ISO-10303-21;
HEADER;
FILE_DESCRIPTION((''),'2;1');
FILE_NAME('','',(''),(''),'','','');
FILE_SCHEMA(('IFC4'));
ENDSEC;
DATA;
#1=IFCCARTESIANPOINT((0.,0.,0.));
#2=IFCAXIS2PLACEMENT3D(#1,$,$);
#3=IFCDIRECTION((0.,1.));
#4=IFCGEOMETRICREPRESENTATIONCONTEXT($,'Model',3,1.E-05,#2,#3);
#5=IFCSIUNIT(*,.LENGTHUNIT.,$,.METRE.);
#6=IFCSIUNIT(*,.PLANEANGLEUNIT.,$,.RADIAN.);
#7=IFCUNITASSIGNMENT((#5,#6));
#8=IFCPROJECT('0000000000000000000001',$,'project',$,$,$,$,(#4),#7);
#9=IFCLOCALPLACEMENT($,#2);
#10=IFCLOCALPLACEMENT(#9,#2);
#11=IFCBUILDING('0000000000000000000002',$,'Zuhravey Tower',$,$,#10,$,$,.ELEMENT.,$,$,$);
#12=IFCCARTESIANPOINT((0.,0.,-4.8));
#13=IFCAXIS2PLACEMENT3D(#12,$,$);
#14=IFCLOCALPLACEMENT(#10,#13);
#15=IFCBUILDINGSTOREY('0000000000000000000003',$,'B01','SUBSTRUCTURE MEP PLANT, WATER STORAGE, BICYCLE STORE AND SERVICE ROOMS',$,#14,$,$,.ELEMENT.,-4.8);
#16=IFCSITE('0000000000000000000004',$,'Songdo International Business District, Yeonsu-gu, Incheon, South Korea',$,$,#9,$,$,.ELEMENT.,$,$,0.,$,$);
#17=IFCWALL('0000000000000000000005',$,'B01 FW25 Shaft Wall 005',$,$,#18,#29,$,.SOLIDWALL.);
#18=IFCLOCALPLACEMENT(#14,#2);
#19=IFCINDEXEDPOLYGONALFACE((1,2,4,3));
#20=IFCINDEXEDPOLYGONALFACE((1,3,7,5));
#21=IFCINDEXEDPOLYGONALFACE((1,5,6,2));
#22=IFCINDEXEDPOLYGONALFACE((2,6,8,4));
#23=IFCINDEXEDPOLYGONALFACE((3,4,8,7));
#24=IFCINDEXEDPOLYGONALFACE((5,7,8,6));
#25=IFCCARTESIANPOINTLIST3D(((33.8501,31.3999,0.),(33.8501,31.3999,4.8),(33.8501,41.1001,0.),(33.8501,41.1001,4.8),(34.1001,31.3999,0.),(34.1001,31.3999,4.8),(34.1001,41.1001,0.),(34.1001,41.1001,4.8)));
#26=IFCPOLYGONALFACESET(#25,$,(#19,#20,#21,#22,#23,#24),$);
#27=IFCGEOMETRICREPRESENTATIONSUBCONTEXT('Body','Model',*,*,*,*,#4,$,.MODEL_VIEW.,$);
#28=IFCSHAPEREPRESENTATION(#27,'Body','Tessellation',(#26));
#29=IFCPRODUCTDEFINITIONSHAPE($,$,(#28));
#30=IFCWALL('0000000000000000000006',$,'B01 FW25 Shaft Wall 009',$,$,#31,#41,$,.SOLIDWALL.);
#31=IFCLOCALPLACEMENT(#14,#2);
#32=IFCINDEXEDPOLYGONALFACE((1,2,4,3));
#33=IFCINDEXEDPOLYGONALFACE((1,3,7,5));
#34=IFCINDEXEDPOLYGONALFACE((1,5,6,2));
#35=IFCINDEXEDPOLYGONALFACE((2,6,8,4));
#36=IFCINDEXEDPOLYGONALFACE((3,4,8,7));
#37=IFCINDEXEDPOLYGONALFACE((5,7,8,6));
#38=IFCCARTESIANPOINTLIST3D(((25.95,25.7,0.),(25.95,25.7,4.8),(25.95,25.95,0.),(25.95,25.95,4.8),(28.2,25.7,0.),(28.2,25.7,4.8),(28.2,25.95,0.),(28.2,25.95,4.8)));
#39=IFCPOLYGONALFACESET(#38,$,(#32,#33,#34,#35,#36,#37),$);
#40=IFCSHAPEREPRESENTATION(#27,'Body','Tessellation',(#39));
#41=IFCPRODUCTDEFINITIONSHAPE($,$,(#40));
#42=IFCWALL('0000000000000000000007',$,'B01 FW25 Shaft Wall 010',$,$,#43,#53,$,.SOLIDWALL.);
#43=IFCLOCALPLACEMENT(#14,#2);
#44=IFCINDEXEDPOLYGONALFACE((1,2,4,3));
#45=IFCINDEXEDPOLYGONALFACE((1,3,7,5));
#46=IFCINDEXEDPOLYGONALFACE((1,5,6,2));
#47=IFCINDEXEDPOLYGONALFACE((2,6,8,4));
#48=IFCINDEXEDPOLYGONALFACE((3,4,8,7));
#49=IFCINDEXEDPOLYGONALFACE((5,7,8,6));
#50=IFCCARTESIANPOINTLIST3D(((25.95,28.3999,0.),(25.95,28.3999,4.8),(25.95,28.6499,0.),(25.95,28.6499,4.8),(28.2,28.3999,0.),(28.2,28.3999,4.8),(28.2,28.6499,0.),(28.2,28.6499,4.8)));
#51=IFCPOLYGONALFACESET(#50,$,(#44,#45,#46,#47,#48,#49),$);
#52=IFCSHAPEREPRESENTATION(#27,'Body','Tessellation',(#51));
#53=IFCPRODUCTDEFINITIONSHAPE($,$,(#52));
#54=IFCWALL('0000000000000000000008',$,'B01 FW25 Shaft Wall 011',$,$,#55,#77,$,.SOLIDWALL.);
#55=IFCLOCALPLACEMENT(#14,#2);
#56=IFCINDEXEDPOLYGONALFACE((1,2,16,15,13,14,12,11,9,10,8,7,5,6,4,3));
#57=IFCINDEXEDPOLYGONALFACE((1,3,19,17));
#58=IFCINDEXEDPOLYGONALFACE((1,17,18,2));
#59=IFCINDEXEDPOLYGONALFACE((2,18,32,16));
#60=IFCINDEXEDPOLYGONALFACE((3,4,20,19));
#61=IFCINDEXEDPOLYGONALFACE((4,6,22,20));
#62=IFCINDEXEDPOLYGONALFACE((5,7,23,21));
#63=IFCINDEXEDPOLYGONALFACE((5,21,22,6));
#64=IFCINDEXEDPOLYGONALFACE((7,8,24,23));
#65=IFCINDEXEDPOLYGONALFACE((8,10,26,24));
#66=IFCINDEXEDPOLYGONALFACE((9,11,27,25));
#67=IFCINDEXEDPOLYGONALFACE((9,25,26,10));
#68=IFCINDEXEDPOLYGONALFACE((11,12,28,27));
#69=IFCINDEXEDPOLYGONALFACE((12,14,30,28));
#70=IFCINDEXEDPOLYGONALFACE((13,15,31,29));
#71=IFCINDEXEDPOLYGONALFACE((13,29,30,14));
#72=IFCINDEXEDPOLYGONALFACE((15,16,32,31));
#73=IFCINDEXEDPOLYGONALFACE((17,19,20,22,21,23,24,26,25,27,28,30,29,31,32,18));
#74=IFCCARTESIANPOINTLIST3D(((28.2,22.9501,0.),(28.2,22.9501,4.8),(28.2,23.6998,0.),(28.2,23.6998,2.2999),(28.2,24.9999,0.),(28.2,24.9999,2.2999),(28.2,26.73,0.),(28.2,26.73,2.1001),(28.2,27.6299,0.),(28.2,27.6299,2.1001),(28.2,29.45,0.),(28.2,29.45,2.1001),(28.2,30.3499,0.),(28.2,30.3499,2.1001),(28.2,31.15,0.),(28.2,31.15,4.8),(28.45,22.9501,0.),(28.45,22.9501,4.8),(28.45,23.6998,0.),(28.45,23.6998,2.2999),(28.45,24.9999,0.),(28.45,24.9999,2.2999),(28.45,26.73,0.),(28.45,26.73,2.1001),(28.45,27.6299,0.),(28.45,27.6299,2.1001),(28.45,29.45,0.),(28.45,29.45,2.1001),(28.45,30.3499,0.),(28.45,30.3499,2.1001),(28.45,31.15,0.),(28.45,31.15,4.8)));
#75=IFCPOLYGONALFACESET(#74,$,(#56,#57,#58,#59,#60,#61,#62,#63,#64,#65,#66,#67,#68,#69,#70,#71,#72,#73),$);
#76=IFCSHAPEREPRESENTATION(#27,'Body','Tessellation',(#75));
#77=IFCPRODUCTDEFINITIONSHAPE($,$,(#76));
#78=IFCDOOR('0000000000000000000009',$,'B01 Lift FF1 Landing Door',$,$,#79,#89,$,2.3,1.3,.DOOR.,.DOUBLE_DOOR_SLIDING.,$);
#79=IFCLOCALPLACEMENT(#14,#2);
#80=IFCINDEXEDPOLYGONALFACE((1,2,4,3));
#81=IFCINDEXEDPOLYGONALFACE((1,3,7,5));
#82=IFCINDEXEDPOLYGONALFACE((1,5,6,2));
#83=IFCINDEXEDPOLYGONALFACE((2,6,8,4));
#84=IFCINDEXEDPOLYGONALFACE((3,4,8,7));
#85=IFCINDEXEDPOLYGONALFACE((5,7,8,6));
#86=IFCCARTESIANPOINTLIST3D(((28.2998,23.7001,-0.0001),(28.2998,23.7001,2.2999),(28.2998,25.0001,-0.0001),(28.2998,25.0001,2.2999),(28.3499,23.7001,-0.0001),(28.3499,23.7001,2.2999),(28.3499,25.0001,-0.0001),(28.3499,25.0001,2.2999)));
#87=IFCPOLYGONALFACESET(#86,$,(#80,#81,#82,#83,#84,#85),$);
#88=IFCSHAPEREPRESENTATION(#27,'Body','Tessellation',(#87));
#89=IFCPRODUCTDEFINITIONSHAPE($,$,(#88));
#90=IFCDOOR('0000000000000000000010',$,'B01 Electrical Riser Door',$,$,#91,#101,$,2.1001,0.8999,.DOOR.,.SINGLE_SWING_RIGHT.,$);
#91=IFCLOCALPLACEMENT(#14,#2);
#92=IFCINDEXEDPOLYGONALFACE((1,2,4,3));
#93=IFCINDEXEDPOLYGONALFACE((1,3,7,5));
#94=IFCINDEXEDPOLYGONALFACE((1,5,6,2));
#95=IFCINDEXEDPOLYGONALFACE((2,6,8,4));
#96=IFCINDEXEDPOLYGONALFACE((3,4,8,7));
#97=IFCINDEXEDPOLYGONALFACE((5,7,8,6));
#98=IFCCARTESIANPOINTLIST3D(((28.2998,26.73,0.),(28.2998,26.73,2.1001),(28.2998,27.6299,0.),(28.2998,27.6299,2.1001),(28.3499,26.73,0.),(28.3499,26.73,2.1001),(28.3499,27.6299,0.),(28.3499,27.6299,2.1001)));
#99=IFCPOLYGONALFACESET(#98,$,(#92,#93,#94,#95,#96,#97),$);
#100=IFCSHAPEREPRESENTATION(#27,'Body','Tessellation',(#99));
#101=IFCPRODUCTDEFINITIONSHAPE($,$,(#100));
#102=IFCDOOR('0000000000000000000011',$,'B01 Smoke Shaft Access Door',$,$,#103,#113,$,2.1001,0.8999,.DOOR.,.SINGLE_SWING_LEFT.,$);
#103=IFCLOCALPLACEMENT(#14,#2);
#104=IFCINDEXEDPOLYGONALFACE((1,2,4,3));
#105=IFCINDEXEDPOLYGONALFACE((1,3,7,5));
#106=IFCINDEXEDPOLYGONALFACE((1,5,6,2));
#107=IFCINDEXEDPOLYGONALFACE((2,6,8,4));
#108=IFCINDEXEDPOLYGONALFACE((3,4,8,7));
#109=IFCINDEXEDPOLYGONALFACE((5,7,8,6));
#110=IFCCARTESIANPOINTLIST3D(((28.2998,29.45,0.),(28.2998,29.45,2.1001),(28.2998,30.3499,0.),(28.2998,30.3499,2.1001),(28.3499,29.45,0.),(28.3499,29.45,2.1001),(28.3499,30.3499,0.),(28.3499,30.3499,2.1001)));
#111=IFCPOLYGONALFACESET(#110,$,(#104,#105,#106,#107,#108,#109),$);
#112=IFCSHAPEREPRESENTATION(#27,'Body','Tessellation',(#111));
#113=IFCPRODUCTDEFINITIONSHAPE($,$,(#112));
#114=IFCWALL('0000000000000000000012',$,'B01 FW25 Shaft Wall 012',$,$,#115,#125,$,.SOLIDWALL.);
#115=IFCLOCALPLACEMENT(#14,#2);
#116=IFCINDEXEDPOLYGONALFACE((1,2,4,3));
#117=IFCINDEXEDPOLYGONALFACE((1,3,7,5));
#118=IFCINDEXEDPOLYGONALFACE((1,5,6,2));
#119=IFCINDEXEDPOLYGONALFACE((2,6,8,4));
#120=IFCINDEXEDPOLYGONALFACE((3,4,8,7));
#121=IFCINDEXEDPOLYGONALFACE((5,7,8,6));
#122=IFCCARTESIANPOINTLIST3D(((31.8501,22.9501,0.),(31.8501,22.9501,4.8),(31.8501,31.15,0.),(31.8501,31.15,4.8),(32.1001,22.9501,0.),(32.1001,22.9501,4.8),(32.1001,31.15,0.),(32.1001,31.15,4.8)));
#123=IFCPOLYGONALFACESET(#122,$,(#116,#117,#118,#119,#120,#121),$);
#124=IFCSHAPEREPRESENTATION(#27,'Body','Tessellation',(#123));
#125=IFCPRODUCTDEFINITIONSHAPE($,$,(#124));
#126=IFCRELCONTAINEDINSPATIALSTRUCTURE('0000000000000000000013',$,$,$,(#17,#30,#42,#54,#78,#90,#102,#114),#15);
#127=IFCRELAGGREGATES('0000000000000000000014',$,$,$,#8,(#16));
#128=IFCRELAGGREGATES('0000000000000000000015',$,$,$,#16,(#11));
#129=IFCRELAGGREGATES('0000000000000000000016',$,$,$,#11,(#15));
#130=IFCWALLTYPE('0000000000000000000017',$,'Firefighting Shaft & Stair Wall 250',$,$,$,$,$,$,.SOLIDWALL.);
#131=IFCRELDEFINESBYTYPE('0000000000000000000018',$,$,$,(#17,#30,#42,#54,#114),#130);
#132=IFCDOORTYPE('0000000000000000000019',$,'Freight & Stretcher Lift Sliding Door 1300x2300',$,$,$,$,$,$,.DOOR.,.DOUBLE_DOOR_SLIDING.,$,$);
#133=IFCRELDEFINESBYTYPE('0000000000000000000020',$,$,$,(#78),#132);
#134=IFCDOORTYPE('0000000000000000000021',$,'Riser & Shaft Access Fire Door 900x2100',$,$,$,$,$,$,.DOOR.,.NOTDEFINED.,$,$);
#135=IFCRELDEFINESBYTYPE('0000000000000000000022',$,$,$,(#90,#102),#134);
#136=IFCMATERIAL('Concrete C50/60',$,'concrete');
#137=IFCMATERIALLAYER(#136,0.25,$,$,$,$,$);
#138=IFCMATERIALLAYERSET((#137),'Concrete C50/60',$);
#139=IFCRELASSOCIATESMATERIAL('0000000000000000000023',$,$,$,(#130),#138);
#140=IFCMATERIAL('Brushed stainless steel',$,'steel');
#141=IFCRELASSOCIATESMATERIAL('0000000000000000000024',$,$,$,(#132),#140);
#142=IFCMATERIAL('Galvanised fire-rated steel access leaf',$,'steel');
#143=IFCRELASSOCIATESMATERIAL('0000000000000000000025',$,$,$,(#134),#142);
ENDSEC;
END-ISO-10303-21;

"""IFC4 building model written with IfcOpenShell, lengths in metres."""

from ifc_helpers import new_model, si_unit, direction, frame, frame_2d, origin, place, context, subcontext, project, spatial, rectangle, extrude, material, layer, layer_set, type_object, element, fill, save


model = new_model("IFC4")

# Units and contexts
model_context = context("Model", 3, precision=1e-05, world=origin(), true_north=direction((0.0, 1.0)))
body_context = subcontext(model_context, "Body", "Model", "MODEL_VIEW")
ifc_project = project(units=[si_unit("LENGTHUNIT", "METRE"), si_unit("PLANEANGLEUNIT", "RADIAN")], contexts=[model_context])

# Site, building, storey
site_placement = place(None, origin())
site = spatial("IfcSite", under=ifc_project, at=site_placement, Name="Songdo International Business District, Yeonsu-gu, Incheon, South Korea", CompositionType="ELEMENT", RefElevation=0.0)
building_placement = place(site_placement, origin())
building = spatial("IfcBuilding", under=site, at=building_placement, Name="Zuhravey Tower", CompositionType="ELEMENT")
storey_placement = place(building_placement, frame((0.0, 0.0, -4.8)))
storey = spatial("IfcBuildingStorey", under=building, at=storey_placement, Name="B01", Description="SUBSTRUCTURE MEP PLANT, WATER STORAGE, BICYCLE STORE AND SERVICE ROOMS", CompositionType="ELEMENT", Elevation=-4.8)

# Shared definitions
ifc_material_1 = material(Name="Concrete C50/60", Category="concrete")

# Shared definitions
ifc_layer_1 = layer(ifc_material_1, 0.25)
ifc_layer_set_1 = layer_set([ifc_layer_1], Name="Concrete C50/60")
wall_type_1 = type_object("IfcWallType", Name="Firefighting Shaft & Stair Wall 250", PredefinedType="SOLIDWALL", material=ifc_layer_set_1)

# Walls
for number, where, z_axis, x_axis, name in (
    (1, (33.9751, 31.3999, 0.0), (0.0, 0.0, 1.0), (0.0, 1.0, 0.0), "B01 FW25 Shaft Wall 005"),
):
    element("IfcWall", number, at=place(storey_placement, frame(where, z_axis=z_axis, x_axis=x_axis)), inside=storey, type_object=wall_type_1, Name=name, PredefinedType="SOLIDWALL", context=body_context, shape_type="SweptSolid", body=[
        extrude(rectangle(XDim=9.7002, YDim=0.25, at=frame_2d((4.8501, 0.0))), origin(), (0.0, 0.0, 1.0), 4.8),
    ])
for number, where, z_axis, x_axis, name in (
    (2, (25.95, 25.825, 0.0), (0.0, 0.0, 1.0), (1.0, 0.0, 0.0), "B01 FW25 Shaft Wall 009"),
    (3, (25.95, 28.5249, 0.0), (0.0, 0.0, 1.0), (1.0, 0.0, 0.0), "B01 FW25 Shaft Wall 010"),
):
    element("IfcWall", number, at=place(storey_placement, frame(where, z_axis=z_axis, x_axis=x_axis)), inside=storey, type_object=wall_type_1, Name=name, PredefinedType="SOLIDWALL", context=body_context, shape_type="SweptSolid", body=[
        extrude(rectangle(XDim=2.25, YDim=0.25, at=frame_2d((1.125, 0.0))), origin(), (0.0, 0.0, 1.0), 4.8),
    ])

# Wall, openings, doors
wall_1_placement = place(storey_placement, frame((28.325, 22.95, 0.0), z_axis=(0.0, 0.0, 1.0), x_axis=(0.0, 1.0, 0.0)))
wall_1 = element("IfcWall", 4, at=wall_1_placement, inside=storey, type_object=wall_type_1, Name="B01 FW25 Shaft Wall 011", PredefinedType="SOLIDWALL", context=body_context, shape_type="SweptSolid", body=[
    extrude(rectangle(XDim=8.2, YDim=0.25, at=frame_2d((4.1001, 0.0))), origin(), (0.0, 0.0, 1.0), 4.8),
])
opening_1_placement = place(wall_1_placement, frame((0.75, 0.0, 0.0)))
opening_1 = element("IfcOpeningElement", 5, at=opening_1_placement, cuts=wall_1, PredefinedType="OPENING", context=body_context, shape_type="SweptSolid", body=[
    extrude(rectangle(XDim=1.3, YDim=2.3, at=frame_2d((0.6499, 1.1499))), frame((0.0, 0.137, 0.0), z_axis=(0.0, -1.0, 0.0), x_axis=(1.0, 0.0, 0.0)), (0.0, 0.0, 1.0), 0.2739),
])
opening_2_placement = place(wall_1_placement, frame((3.78, 0.0, 0.0)))
opening_2 = element("IfcOpeningElement", 6, at=opening_2_placement, cuts=wall_1, PredefinedType="OPENING", context=body_context, shape_type="SweptSolid", body=[
    extrude(rectangle(XDim=0.8999, YDim=2.1001, at=frame_2d((0.45, 1.05))), frame((0.0, 0.137, 0.0), z_axis=(0.0, -1.0, 0.0), x_axis=(1.0, 0.0, 0.0)), (0.0, 0.0, 1.0), 0.2739),
])
opening_3_placement = place(wall_1_placement, frame((6.5, 0.0, 0.0)))
opening_3 = element("IfcOpeningElement", 7, at=opening_3_placement, cuts=wall_1, PredefinedType="OPENING", context=body_context, shape_type="SweptSolid", body=[
    extrude(rectangle(XDim=0.8999, YDim=2.1001, at=frame_2d((0.45, 1.05))), frame((0.0, 0.137, 0.0), z_axis=(0.0, -1.0, 0.0), x_axis=(1.0, 0.0, 0.0)), (0.0, 0.0, 1.0), 0.2739),
])
ifc_material_2 = material(Name="Brushed stainless steel", Category="steel")
door_type_1 = type_object("IfcDoorType", Name="Freight & Stretcher Lift Sliding Door 1300x2300", OperationType="DOUBLE_DOOR_SLIDING", PredefinedType="DOOR", material=ifc_material_2)
door_1_placement = place(opening_1_placement, frame((1.3, 0.0, 0.0), z_axis=(0.0, 0.0, 1.0), x_axis=(-1.0, 0.0, 0.0)))
door_1 = element("IfcDoor", 8, at=door_1_placement, inside=storey, type_object=door_type_1, Name="B01 Lift FF1 Landing Door", OperationType="DOUBLE_DOOR_SLIDING", OverallHeight=2.3, OverallWidth=1.3, PredefinedType="DOOR", context=body_context, shape_type="SweptSolid", body=[
    extrude(rectangle(XDim=1.3, YDim=2.3, at=frame_2d((0.6499, 1.1499))), frame((0.0, 0.0249, 0.0), z_axis=(0.0, -1.0, 0.0), x_axis=(1.0, 0.0, 0.0)), (0.0, 0.0, 1.0), 0.05),
])
fill(opening_1, door_1)
ifc_material_3 = material(Name="Galvanised fire-rated steel access leaf", Category="steel")
door_type_2 = type_object("IfcDoorType", Name="Riser & Shaft Access Fire Door 900x2100", OperationType="NOTDEFINED", PredefinedType="DOOR", material=ifc_material_3)
door_2_placement = place(opening_2_placement, frame((0.8999, 0.0, 0.0), z_axis=(0.0, 0.0, 1.0), x_axis=(-1.0, 0.0, 0.0)))
door_2 = element("IfcDoor", 9, at=door_2_placement, inside=storey, type_object=door_type_2, Name="B01 Electrical Riser Door", OperationType="SINGLE_SWING_RIGHT", OverallHeight=2.1001, OverallWidth=0.8999, PredefinedType="DOOR", context=body_context, shape_type="SweptSolid", body=[
    extrude(rectangle(XDim=0.8999, YDim=2.1001, at=frame_2d((0.45, 1.05))), frame((0.0, 0.0249, 0.0), z_axis=(0.0, -1.0, 0.0), x_axis=(1.0, 0.0, 0.0)), (0.0, 0.0, 1.0), 0.05),
])
fill(opening_2, door_2)
door_3_placement = place(opening_3_placement, frame((0.8999, 0.0, 0.0), z_axis=(0.0, 0.0, 1.0), x_axis=(-1.0, 0.0, 0.0)))
door_3 = element("IfcDoor", 10, at=door_3_placement, inside=storey, type_object=door_type_2, Name="B01 Smoke Shaft Access Door", OperationType="SINGLE_SWING_LEFT", OverallHeight=2.1001, OverallWidth=0.8999, PredefinedType="DOOR", context=body_context, shape_type="SweptSolid", body=[
    extrude(rectangle(XDim=0.8999, YDim=2.1001, at=frame_2d((0.45, 1.05))), frame((0.0, 0.0249, 0.0), z_axis=(0.0, -1.0, 0.0), x_axis=(1.0, 0.0, 0.0)), (0.0, 0.0, 1.0), 0.05),
])
fill(opening_3, door_3)

# Wall
wall_2_placement = place(storey_placement, frame((31.9751, 22.95, 0.0), z_axis=(0.0, 0.0, 1.0), x_axis=(0.0, 1.0, 0.0)))
element("IfcWall", 11, at=wall_2_placement, inside=storey, type_object=wall_type_1, Name="B01 FW25 Shaft Wall 012", PredefinedType="SOLIDWALL", context=body_context, shape_type="SweptSolid", body=[
    extrude(rectangle(XDim=8.2, YDim=0.25, at=frame_2d((4.1001, 0.0))), origin(), (0.0, 0.0, 1.0), 4.8),
])

save(model, "model.ifc")
